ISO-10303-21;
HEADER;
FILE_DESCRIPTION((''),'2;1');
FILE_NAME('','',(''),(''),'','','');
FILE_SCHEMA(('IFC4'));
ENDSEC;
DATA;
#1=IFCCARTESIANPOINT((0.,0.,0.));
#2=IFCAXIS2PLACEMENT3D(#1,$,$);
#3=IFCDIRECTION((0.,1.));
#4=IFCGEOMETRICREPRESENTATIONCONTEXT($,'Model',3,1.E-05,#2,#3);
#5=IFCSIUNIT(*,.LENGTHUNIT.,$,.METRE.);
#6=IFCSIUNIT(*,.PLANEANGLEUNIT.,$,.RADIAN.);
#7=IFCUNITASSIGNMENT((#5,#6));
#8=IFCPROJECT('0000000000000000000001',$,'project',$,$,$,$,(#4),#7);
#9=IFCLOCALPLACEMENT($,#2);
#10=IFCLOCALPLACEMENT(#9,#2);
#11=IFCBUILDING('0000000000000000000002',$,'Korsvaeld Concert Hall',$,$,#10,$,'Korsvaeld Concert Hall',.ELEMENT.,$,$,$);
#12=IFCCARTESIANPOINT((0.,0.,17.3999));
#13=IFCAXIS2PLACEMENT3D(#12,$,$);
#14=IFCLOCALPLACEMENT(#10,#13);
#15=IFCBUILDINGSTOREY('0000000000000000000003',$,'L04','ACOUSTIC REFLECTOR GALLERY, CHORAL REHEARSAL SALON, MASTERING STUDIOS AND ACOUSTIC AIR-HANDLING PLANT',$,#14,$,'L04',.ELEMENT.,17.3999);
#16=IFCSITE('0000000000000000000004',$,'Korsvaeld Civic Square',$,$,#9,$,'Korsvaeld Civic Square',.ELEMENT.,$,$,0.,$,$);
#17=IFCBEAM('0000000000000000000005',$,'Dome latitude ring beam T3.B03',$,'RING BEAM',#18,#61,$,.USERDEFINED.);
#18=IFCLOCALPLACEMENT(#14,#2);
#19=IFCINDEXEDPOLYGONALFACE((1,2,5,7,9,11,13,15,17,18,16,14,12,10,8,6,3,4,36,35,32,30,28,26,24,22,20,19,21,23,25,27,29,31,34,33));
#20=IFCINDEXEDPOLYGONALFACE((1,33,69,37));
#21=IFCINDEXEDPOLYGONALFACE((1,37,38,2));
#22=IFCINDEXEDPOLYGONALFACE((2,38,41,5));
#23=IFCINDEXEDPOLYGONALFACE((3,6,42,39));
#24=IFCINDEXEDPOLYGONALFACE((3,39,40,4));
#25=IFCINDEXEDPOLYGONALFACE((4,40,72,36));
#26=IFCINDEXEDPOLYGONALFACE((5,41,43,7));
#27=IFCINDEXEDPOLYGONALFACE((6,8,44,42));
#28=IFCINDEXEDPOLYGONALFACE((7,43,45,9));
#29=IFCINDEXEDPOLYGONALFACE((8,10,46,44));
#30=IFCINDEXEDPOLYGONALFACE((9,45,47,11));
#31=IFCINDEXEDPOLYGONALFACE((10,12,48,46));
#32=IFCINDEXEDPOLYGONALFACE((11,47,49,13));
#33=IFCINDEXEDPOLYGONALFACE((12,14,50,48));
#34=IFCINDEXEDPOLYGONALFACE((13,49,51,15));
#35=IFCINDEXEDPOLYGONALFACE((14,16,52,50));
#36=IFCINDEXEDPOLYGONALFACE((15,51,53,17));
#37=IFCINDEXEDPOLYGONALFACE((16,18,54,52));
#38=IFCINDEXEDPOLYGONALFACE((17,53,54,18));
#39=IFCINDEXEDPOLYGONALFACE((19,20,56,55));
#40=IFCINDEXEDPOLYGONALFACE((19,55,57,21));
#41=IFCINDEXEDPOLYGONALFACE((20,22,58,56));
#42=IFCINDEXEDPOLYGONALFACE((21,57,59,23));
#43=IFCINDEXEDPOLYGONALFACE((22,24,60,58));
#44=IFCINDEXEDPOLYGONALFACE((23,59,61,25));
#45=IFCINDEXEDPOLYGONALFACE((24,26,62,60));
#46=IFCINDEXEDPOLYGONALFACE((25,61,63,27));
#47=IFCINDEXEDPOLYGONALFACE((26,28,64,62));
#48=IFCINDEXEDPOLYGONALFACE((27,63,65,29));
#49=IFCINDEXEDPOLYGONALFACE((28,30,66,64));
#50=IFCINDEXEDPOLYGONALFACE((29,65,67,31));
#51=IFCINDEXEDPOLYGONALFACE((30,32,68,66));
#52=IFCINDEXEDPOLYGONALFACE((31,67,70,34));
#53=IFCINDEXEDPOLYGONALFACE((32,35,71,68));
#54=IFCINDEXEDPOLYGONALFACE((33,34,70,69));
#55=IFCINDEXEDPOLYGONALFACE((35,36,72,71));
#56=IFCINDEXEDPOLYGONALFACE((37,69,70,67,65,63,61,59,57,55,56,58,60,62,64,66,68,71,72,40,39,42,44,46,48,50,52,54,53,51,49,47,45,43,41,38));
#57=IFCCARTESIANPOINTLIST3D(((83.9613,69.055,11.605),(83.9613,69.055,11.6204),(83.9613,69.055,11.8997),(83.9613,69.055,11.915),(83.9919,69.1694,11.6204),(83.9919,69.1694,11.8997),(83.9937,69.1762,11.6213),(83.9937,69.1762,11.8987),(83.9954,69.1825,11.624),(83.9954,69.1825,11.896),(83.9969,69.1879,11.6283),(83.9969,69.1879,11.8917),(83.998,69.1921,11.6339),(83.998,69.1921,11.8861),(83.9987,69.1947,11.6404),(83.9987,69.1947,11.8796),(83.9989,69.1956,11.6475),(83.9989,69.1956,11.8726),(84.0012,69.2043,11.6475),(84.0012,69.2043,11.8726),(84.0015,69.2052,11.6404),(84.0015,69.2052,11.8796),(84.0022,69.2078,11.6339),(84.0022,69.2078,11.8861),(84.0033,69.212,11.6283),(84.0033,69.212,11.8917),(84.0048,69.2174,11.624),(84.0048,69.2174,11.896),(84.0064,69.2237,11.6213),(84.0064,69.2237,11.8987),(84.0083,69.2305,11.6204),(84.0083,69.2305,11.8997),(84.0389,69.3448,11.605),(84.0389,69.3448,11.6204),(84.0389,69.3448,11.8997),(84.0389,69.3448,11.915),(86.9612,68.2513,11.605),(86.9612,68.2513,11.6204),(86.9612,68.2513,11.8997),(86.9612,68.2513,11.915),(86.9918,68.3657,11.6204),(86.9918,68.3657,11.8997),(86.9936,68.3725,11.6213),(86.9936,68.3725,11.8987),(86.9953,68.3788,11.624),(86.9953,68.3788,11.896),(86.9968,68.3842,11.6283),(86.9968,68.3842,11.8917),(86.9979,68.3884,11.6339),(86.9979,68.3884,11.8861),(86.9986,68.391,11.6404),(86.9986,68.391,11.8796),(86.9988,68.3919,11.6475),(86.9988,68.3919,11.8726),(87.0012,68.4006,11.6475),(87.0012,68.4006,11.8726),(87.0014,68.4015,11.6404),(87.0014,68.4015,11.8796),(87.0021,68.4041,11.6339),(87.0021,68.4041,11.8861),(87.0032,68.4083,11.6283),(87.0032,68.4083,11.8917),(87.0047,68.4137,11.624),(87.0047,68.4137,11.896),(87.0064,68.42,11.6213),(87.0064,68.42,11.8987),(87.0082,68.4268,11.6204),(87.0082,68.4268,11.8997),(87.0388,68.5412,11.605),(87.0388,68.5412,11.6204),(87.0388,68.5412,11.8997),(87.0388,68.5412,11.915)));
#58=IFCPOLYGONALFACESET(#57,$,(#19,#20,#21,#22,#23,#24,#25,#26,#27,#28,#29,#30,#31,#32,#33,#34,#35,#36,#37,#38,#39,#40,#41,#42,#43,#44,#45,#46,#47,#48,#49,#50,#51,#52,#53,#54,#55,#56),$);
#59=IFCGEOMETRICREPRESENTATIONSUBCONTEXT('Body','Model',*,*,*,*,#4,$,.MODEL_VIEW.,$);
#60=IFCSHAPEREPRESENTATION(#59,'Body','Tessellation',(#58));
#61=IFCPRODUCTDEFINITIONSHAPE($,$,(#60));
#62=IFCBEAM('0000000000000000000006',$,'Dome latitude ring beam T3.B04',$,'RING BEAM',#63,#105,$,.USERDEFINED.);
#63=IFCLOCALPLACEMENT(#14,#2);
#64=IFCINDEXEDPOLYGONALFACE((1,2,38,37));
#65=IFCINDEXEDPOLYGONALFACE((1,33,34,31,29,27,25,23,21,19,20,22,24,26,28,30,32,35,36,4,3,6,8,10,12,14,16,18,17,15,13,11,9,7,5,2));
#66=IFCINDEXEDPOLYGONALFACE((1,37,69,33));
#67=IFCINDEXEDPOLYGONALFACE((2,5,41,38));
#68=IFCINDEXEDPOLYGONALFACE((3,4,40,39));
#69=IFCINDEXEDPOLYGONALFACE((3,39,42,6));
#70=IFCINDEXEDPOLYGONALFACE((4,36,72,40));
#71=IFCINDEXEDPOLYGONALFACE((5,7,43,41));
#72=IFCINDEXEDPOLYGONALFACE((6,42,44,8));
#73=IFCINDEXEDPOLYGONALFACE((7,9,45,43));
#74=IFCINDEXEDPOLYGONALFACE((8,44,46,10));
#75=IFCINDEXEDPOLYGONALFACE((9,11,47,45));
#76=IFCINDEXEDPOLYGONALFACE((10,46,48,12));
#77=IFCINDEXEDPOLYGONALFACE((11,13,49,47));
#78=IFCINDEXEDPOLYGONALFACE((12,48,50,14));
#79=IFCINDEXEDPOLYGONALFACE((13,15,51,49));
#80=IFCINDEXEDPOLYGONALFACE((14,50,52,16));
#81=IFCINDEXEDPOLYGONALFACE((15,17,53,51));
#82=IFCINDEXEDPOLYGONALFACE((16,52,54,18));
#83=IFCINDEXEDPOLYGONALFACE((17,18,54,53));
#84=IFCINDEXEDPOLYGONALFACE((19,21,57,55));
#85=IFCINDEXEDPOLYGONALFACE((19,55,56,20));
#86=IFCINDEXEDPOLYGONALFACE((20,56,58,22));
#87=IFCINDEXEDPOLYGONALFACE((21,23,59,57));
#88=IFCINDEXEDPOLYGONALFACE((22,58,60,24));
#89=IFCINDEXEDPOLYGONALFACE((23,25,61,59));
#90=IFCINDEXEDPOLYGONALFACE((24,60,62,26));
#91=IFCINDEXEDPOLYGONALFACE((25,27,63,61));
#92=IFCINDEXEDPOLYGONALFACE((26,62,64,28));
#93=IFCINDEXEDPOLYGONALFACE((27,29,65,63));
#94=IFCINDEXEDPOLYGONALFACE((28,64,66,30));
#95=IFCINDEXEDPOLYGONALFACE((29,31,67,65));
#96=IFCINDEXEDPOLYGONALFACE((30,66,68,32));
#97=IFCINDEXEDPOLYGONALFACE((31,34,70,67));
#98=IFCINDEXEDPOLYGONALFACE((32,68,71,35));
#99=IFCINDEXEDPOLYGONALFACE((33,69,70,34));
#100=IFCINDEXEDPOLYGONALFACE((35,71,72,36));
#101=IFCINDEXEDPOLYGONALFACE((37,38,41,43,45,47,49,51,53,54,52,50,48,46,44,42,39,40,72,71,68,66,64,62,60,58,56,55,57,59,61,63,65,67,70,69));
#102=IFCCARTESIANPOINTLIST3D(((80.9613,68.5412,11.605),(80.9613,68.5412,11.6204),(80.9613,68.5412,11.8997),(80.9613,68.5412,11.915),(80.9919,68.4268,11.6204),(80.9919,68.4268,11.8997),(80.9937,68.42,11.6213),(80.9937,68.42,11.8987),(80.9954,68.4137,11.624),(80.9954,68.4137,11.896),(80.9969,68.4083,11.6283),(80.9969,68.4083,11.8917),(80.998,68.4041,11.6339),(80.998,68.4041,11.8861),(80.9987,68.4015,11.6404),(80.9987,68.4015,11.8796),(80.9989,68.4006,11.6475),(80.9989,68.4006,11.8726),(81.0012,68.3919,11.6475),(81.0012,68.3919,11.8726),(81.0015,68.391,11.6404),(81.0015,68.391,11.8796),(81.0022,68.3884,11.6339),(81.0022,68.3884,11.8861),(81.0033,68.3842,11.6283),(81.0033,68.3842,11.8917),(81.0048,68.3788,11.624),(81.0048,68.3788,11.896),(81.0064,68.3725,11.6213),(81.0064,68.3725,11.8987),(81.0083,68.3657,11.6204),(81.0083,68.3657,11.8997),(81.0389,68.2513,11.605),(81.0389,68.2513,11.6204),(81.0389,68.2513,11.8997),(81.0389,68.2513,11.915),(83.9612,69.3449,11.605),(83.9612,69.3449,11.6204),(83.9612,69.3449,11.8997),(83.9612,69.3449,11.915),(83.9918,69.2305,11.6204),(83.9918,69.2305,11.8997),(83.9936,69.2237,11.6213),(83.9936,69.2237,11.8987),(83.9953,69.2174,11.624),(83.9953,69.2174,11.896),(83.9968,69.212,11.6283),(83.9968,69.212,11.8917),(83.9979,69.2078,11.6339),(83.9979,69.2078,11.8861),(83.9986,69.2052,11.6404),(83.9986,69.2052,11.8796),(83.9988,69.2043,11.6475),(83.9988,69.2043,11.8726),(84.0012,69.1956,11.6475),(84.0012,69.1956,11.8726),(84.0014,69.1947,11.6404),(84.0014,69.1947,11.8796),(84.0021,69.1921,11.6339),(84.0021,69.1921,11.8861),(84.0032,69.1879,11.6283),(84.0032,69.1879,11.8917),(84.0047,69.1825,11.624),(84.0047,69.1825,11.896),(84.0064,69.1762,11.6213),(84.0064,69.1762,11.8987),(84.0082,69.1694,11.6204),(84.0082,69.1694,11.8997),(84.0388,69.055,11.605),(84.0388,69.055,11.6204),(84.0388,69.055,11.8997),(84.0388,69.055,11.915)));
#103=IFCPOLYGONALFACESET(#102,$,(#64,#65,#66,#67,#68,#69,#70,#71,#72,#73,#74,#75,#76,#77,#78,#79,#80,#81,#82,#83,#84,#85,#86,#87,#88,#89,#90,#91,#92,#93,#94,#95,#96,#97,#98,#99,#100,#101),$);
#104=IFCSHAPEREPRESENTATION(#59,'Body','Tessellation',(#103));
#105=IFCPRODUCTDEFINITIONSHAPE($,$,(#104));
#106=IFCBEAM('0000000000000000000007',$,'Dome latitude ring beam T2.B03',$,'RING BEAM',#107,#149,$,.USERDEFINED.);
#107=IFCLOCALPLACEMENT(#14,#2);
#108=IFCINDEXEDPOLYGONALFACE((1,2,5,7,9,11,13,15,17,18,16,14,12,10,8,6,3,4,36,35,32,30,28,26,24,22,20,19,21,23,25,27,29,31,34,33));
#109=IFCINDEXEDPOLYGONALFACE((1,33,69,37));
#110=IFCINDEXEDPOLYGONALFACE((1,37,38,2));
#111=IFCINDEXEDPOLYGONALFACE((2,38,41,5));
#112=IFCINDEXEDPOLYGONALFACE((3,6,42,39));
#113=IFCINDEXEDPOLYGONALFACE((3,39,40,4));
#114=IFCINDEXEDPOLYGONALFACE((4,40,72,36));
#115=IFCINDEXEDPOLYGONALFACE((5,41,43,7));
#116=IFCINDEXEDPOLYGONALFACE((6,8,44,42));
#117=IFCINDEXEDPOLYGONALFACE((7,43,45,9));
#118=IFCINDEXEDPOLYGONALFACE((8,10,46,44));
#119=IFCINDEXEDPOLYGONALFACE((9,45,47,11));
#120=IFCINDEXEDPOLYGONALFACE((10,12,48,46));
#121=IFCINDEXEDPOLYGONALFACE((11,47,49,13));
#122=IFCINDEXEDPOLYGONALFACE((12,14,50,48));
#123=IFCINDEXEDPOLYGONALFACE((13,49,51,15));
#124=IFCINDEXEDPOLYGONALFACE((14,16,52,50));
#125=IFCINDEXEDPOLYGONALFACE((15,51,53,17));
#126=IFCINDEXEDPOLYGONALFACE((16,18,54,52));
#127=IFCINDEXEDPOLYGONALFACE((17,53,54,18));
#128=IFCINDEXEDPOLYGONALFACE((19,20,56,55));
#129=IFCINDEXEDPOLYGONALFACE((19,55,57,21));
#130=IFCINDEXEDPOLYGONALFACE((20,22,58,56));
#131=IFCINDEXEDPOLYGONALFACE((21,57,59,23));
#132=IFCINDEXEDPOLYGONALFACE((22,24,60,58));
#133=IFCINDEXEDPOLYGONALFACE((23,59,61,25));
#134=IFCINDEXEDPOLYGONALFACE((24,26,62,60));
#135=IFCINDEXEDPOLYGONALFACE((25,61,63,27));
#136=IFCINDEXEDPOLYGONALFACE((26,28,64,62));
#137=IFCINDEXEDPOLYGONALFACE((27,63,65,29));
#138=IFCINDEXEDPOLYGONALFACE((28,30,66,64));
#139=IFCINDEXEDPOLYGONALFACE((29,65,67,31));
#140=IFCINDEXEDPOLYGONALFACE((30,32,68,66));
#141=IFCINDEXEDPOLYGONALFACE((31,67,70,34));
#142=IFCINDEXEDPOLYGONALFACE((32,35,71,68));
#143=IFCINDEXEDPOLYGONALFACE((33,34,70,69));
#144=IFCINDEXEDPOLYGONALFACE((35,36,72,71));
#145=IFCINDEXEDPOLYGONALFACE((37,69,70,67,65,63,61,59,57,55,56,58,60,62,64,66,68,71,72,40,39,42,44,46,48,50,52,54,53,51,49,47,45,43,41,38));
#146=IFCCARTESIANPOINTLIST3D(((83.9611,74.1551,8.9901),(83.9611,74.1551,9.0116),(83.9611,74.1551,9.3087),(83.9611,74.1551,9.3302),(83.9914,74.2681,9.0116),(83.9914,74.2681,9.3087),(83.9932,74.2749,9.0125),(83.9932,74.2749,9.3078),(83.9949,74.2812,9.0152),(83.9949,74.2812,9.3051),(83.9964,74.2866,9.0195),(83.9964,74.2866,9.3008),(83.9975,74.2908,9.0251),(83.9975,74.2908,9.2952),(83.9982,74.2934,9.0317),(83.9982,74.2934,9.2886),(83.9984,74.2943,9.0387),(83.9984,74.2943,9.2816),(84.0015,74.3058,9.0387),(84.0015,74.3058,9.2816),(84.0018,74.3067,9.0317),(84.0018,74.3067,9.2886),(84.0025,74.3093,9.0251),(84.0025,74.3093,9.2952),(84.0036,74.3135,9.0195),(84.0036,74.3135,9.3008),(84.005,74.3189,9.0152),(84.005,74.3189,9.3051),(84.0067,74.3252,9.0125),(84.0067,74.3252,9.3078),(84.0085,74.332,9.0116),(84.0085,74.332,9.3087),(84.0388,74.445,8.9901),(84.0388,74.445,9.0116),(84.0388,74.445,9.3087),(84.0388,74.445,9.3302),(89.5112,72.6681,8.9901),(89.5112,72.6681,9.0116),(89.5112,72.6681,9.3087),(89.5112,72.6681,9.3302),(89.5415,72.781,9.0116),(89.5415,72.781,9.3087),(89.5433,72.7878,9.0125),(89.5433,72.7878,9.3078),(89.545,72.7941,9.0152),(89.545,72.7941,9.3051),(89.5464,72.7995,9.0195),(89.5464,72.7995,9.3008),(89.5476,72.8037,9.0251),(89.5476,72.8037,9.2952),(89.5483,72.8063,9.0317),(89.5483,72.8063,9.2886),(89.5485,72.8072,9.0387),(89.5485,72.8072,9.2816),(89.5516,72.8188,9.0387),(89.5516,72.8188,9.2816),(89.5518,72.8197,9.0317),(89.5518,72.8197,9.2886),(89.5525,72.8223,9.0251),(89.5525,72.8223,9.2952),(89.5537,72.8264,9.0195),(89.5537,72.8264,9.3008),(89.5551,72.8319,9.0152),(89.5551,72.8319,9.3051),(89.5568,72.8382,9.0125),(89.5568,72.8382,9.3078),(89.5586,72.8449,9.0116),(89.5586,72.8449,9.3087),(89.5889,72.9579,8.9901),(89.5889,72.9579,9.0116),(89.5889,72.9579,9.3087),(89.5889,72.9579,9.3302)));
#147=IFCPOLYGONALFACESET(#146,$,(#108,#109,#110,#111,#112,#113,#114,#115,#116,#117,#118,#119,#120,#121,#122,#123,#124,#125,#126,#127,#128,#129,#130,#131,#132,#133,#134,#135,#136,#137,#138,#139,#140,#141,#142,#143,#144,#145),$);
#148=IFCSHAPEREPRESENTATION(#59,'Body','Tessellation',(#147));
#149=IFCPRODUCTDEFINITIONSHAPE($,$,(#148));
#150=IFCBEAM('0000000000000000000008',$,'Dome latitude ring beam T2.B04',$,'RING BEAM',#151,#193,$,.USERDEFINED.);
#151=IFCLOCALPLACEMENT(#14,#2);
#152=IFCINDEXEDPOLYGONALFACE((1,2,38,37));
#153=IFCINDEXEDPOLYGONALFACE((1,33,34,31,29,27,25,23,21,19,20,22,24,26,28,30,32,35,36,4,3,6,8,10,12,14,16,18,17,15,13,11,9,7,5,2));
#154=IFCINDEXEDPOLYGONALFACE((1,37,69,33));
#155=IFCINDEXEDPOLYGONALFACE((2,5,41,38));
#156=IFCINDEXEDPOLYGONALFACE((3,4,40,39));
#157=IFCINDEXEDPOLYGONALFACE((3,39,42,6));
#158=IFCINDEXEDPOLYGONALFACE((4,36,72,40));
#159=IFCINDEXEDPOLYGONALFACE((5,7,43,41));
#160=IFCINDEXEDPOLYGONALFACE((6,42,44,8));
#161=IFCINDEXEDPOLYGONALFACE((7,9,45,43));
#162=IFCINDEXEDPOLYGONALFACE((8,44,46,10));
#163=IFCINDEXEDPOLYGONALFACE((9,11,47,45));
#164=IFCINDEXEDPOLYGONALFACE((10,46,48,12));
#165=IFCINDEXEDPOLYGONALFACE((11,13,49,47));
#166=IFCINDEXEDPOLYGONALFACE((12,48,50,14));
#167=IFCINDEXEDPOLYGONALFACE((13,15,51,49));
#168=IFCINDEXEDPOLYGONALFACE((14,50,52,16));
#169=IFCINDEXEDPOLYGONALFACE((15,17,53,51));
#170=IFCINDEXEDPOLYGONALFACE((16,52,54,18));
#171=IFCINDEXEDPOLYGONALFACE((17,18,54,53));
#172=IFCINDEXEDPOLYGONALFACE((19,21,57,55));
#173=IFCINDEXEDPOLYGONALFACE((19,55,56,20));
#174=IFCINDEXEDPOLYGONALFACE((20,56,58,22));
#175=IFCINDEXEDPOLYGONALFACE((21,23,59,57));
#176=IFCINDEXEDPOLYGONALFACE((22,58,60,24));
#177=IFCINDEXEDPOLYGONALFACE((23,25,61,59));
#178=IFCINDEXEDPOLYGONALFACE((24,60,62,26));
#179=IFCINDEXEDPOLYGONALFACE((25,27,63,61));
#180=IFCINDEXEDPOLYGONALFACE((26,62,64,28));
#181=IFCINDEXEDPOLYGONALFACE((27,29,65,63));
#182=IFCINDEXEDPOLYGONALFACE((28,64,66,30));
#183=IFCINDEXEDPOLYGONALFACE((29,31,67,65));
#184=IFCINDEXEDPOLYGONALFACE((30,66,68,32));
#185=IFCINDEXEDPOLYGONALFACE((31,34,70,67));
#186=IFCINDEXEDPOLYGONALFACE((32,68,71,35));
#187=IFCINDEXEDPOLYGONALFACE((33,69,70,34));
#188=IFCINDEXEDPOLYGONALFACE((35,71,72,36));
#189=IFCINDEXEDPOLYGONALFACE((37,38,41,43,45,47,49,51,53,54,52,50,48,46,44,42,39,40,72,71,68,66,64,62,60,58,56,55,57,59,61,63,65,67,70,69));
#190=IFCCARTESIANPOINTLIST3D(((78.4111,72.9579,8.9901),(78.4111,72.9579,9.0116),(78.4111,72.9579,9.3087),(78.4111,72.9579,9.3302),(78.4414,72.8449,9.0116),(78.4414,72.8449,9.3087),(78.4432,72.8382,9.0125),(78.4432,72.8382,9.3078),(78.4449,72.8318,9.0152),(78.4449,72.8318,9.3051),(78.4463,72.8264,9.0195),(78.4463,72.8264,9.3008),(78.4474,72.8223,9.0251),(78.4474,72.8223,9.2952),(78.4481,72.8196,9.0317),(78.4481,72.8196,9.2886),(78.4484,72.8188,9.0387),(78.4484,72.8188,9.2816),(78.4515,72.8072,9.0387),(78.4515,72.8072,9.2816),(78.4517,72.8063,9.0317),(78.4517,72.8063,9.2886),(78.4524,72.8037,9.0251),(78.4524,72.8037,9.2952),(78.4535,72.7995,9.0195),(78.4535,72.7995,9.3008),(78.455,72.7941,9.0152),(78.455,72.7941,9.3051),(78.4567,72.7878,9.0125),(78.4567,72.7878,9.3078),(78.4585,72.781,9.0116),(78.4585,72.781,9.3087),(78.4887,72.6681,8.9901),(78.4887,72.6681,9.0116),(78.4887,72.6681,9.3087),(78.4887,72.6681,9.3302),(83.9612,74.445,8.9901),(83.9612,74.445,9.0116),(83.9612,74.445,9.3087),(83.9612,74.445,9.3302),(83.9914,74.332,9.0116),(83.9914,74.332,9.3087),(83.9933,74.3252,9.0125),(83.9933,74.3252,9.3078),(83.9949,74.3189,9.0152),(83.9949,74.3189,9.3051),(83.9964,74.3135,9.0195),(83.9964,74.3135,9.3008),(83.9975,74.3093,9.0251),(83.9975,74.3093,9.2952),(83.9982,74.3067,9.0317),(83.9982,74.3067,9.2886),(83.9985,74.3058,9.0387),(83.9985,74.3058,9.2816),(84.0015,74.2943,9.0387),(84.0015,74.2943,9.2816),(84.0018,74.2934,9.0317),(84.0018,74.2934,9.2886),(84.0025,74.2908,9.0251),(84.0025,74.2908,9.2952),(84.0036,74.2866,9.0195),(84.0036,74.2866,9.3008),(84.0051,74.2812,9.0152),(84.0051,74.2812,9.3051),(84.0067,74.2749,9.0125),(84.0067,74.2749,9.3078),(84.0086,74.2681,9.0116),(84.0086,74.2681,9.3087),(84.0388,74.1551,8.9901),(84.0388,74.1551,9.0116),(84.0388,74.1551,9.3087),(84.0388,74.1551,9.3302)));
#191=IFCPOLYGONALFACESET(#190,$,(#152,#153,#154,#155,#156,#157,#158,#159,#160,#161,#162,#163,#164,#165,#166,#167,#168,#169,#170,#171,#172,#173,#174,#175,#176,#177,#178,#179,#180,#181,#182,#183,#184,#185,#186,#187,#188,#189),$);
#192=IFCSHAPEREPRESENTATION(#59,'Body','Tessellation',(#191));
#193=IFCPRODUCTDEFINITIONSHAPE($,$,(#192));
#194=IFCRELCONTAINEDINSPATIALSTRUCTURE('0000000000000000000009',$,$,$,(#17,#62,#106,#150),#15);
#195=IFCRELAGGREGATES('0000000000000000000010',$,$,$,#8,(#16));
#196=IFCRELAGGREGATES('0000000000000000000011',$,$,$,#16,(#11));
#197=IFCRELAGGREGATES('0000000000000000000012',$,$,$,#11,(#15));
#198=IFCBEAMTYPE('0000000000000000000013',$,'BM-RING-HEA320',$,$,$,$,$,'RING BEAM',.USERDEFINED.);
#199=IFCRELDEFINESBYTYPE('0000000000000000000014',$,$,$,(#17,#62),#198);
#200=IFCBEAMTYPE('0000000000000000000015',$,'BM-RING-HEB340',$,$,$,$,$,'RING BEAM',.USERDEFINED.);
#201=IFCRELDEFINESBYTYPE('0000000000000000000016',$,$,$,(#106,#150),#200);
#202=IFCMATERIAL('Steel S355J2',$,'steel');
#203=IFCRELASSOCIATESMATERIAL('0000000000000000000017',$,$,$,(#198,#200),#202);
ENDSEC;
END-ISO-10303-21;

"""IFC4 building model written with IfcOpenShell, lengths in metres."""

from ifc_helpers import new_model, si_unit, direction, frame, origin, origin_2d, place, context, subcontext, project, spatial, i_section, extrude, material, material_profile, profile_set, type_object, element, save


model = new_model("IFC4")

# Units and contexts
model_context = context("Model", 3, precision=1e-05, world=origin(), true_north=direction((0.0, 1.0)))
body_context = subcontext(model_context, "Body", "Model", "MODEL_VIEW")
ifc_project = project(units=[si_unit("LENGTHUNIT", "METRE"), si_unit("PLANEANGLEUNIT", "RADIAN")], contexts=[model_context])

# Site, building, storey
site_placement = place(None, origin())
site = spatial("IfcSite", under=ifc_project, at=site_placement, Name="Korsvaeld Civic Square", LongName="Korsvaeld Civic Square", CompositionType="ELEMENT", RefElevation=0.0)
building_placement = place(site_placement, origin())
building = spatial("IfcBuilding", under=site, at=building_placement, Name="Korsvaeld Concert Hall", LongName="Korsvaeld Concert Hall", CompositionType="ELEMENT")
storey_placement = place(building_placement, frame((0.0, 0.0, 17.3999)))
storey = spatial("IfcBuildingStorey", under=building, at=storey_placement, Name="L04", Description="ACOUSTIC REFLECTOR GALLERY, CHORAL REHEARSAL SALON, MASTERING STUDIOS AND ACOUSTIC AIR-HANDLING PLANT", LongName="L04", CompositionType="ELEMENT", Elevation=17.3999)

# Beams
ifc_material_1 = material(Name="Steel S355J2", Category="steel")
ifc_material_profile_1 = material_profile(ifc_material_1, i_section(OverallWidth=0.3, OverallDepth=0.3101, WebThickness=0.009, FlangeThickness=0.0154, FilletRadius=0.0271, at=origin_2d()), Name="HEA 320")
ifc_profile_set_1 = profile_set([ifc_material_profile_1], Name="Steel S355J2")
beam_type_1 = type_object("IfcBeamType", Name="BM-RING-HEA320", ElementType="RING BEAM", PredefinedType="USERDEFINED", material=ifc_profile_set_1)
for number, where, z_axis, x_axis, name in (
    (1, (87.0, 68.3962, 11.76), (-0.965937, 0.258778, 0.0), (-0.258778, -0.965937, 0.0), "Dome latitude ring beam T3.B03"),
    (2, (84.0, 69.2, 11.76), (-0.965937, -0.258778, 0.0), (0.258778, -0.965937, 0.0), "Dome latitude ring beam T3.B04"),
):
    element("IfcBeam", number, at=place(storey_placement, frame(where, z_axis=z_axis, x_axis=x_axis)), inside=storey, type_object=beam_type_1, Name=name, ObjectType="RING BEAM", PredefinedType="USERDEFINED", context=body_context, shape_type="SweptSolid", body=[
        extrude(i_section(OverallWidth=0.3, OverallDepth=0.3101, WebThickness=0.009, FlangeThickness=0.0154, FilletRadius=0.0271, at=origin_2d()), origin(), (0.0, 0.0, 1.0), 3.1057),
    ])
ifc_material_profile_2 = material_profile(ifc_material_1, i_section(OverallWidth=0.3, OverallDepth=0.3401, WebThickness=0.012, FlangeThickness=0.0215, FilletRadius=0.0271, at=origin_2d()), Name="HEB 340")
ifc_profile_set_2 = profile_set([ifc_material_profile_2], Name="Steel S355J2")
beam_type_2 = type_object("IfcBeamType", Name="BM-RING-HEB340", ElementType="RING BEAM", PredefinedType="USERDEFINED", material=ifc_profile_set_2)
for number, where, z_axis, x_axis, name in (
    (3, (89.55, 72.813, 9.1602), (-0.965929, 0.258808, 0.0), (-0.258808, -0.965929, 0.0), "Dome latitude ring beam T2.B03"),
    (4, (84.0, 74.3, 9.1602), (-0.965929, -0.258808, 0.0), (0.258808, -0.965929, 0.0), "Dome latitude ring beam T2.B04"),
):
    element("IfcBeam", number, at=place(storey_placement, frame(where, z_axis=z_axis, x_axis=x_axis)), inside=storey, type_object=beam_type_2, Name=name, ObjectType="RING BEAM", PredefinedType="USERDEFINED", context=body_context, shape_type="SweptSolid", body=[
        extrude(i_section(OverallWidth=0.3, OverallDepth=0.3401, WebThickness=0.012, FlangeThickness=0.0215, FilletRadius=0.0271, at=origin_2d()), origin(), (0.0, 0.0, 1.0), 5.7458),
    ])

save(model, "model.ifc")
